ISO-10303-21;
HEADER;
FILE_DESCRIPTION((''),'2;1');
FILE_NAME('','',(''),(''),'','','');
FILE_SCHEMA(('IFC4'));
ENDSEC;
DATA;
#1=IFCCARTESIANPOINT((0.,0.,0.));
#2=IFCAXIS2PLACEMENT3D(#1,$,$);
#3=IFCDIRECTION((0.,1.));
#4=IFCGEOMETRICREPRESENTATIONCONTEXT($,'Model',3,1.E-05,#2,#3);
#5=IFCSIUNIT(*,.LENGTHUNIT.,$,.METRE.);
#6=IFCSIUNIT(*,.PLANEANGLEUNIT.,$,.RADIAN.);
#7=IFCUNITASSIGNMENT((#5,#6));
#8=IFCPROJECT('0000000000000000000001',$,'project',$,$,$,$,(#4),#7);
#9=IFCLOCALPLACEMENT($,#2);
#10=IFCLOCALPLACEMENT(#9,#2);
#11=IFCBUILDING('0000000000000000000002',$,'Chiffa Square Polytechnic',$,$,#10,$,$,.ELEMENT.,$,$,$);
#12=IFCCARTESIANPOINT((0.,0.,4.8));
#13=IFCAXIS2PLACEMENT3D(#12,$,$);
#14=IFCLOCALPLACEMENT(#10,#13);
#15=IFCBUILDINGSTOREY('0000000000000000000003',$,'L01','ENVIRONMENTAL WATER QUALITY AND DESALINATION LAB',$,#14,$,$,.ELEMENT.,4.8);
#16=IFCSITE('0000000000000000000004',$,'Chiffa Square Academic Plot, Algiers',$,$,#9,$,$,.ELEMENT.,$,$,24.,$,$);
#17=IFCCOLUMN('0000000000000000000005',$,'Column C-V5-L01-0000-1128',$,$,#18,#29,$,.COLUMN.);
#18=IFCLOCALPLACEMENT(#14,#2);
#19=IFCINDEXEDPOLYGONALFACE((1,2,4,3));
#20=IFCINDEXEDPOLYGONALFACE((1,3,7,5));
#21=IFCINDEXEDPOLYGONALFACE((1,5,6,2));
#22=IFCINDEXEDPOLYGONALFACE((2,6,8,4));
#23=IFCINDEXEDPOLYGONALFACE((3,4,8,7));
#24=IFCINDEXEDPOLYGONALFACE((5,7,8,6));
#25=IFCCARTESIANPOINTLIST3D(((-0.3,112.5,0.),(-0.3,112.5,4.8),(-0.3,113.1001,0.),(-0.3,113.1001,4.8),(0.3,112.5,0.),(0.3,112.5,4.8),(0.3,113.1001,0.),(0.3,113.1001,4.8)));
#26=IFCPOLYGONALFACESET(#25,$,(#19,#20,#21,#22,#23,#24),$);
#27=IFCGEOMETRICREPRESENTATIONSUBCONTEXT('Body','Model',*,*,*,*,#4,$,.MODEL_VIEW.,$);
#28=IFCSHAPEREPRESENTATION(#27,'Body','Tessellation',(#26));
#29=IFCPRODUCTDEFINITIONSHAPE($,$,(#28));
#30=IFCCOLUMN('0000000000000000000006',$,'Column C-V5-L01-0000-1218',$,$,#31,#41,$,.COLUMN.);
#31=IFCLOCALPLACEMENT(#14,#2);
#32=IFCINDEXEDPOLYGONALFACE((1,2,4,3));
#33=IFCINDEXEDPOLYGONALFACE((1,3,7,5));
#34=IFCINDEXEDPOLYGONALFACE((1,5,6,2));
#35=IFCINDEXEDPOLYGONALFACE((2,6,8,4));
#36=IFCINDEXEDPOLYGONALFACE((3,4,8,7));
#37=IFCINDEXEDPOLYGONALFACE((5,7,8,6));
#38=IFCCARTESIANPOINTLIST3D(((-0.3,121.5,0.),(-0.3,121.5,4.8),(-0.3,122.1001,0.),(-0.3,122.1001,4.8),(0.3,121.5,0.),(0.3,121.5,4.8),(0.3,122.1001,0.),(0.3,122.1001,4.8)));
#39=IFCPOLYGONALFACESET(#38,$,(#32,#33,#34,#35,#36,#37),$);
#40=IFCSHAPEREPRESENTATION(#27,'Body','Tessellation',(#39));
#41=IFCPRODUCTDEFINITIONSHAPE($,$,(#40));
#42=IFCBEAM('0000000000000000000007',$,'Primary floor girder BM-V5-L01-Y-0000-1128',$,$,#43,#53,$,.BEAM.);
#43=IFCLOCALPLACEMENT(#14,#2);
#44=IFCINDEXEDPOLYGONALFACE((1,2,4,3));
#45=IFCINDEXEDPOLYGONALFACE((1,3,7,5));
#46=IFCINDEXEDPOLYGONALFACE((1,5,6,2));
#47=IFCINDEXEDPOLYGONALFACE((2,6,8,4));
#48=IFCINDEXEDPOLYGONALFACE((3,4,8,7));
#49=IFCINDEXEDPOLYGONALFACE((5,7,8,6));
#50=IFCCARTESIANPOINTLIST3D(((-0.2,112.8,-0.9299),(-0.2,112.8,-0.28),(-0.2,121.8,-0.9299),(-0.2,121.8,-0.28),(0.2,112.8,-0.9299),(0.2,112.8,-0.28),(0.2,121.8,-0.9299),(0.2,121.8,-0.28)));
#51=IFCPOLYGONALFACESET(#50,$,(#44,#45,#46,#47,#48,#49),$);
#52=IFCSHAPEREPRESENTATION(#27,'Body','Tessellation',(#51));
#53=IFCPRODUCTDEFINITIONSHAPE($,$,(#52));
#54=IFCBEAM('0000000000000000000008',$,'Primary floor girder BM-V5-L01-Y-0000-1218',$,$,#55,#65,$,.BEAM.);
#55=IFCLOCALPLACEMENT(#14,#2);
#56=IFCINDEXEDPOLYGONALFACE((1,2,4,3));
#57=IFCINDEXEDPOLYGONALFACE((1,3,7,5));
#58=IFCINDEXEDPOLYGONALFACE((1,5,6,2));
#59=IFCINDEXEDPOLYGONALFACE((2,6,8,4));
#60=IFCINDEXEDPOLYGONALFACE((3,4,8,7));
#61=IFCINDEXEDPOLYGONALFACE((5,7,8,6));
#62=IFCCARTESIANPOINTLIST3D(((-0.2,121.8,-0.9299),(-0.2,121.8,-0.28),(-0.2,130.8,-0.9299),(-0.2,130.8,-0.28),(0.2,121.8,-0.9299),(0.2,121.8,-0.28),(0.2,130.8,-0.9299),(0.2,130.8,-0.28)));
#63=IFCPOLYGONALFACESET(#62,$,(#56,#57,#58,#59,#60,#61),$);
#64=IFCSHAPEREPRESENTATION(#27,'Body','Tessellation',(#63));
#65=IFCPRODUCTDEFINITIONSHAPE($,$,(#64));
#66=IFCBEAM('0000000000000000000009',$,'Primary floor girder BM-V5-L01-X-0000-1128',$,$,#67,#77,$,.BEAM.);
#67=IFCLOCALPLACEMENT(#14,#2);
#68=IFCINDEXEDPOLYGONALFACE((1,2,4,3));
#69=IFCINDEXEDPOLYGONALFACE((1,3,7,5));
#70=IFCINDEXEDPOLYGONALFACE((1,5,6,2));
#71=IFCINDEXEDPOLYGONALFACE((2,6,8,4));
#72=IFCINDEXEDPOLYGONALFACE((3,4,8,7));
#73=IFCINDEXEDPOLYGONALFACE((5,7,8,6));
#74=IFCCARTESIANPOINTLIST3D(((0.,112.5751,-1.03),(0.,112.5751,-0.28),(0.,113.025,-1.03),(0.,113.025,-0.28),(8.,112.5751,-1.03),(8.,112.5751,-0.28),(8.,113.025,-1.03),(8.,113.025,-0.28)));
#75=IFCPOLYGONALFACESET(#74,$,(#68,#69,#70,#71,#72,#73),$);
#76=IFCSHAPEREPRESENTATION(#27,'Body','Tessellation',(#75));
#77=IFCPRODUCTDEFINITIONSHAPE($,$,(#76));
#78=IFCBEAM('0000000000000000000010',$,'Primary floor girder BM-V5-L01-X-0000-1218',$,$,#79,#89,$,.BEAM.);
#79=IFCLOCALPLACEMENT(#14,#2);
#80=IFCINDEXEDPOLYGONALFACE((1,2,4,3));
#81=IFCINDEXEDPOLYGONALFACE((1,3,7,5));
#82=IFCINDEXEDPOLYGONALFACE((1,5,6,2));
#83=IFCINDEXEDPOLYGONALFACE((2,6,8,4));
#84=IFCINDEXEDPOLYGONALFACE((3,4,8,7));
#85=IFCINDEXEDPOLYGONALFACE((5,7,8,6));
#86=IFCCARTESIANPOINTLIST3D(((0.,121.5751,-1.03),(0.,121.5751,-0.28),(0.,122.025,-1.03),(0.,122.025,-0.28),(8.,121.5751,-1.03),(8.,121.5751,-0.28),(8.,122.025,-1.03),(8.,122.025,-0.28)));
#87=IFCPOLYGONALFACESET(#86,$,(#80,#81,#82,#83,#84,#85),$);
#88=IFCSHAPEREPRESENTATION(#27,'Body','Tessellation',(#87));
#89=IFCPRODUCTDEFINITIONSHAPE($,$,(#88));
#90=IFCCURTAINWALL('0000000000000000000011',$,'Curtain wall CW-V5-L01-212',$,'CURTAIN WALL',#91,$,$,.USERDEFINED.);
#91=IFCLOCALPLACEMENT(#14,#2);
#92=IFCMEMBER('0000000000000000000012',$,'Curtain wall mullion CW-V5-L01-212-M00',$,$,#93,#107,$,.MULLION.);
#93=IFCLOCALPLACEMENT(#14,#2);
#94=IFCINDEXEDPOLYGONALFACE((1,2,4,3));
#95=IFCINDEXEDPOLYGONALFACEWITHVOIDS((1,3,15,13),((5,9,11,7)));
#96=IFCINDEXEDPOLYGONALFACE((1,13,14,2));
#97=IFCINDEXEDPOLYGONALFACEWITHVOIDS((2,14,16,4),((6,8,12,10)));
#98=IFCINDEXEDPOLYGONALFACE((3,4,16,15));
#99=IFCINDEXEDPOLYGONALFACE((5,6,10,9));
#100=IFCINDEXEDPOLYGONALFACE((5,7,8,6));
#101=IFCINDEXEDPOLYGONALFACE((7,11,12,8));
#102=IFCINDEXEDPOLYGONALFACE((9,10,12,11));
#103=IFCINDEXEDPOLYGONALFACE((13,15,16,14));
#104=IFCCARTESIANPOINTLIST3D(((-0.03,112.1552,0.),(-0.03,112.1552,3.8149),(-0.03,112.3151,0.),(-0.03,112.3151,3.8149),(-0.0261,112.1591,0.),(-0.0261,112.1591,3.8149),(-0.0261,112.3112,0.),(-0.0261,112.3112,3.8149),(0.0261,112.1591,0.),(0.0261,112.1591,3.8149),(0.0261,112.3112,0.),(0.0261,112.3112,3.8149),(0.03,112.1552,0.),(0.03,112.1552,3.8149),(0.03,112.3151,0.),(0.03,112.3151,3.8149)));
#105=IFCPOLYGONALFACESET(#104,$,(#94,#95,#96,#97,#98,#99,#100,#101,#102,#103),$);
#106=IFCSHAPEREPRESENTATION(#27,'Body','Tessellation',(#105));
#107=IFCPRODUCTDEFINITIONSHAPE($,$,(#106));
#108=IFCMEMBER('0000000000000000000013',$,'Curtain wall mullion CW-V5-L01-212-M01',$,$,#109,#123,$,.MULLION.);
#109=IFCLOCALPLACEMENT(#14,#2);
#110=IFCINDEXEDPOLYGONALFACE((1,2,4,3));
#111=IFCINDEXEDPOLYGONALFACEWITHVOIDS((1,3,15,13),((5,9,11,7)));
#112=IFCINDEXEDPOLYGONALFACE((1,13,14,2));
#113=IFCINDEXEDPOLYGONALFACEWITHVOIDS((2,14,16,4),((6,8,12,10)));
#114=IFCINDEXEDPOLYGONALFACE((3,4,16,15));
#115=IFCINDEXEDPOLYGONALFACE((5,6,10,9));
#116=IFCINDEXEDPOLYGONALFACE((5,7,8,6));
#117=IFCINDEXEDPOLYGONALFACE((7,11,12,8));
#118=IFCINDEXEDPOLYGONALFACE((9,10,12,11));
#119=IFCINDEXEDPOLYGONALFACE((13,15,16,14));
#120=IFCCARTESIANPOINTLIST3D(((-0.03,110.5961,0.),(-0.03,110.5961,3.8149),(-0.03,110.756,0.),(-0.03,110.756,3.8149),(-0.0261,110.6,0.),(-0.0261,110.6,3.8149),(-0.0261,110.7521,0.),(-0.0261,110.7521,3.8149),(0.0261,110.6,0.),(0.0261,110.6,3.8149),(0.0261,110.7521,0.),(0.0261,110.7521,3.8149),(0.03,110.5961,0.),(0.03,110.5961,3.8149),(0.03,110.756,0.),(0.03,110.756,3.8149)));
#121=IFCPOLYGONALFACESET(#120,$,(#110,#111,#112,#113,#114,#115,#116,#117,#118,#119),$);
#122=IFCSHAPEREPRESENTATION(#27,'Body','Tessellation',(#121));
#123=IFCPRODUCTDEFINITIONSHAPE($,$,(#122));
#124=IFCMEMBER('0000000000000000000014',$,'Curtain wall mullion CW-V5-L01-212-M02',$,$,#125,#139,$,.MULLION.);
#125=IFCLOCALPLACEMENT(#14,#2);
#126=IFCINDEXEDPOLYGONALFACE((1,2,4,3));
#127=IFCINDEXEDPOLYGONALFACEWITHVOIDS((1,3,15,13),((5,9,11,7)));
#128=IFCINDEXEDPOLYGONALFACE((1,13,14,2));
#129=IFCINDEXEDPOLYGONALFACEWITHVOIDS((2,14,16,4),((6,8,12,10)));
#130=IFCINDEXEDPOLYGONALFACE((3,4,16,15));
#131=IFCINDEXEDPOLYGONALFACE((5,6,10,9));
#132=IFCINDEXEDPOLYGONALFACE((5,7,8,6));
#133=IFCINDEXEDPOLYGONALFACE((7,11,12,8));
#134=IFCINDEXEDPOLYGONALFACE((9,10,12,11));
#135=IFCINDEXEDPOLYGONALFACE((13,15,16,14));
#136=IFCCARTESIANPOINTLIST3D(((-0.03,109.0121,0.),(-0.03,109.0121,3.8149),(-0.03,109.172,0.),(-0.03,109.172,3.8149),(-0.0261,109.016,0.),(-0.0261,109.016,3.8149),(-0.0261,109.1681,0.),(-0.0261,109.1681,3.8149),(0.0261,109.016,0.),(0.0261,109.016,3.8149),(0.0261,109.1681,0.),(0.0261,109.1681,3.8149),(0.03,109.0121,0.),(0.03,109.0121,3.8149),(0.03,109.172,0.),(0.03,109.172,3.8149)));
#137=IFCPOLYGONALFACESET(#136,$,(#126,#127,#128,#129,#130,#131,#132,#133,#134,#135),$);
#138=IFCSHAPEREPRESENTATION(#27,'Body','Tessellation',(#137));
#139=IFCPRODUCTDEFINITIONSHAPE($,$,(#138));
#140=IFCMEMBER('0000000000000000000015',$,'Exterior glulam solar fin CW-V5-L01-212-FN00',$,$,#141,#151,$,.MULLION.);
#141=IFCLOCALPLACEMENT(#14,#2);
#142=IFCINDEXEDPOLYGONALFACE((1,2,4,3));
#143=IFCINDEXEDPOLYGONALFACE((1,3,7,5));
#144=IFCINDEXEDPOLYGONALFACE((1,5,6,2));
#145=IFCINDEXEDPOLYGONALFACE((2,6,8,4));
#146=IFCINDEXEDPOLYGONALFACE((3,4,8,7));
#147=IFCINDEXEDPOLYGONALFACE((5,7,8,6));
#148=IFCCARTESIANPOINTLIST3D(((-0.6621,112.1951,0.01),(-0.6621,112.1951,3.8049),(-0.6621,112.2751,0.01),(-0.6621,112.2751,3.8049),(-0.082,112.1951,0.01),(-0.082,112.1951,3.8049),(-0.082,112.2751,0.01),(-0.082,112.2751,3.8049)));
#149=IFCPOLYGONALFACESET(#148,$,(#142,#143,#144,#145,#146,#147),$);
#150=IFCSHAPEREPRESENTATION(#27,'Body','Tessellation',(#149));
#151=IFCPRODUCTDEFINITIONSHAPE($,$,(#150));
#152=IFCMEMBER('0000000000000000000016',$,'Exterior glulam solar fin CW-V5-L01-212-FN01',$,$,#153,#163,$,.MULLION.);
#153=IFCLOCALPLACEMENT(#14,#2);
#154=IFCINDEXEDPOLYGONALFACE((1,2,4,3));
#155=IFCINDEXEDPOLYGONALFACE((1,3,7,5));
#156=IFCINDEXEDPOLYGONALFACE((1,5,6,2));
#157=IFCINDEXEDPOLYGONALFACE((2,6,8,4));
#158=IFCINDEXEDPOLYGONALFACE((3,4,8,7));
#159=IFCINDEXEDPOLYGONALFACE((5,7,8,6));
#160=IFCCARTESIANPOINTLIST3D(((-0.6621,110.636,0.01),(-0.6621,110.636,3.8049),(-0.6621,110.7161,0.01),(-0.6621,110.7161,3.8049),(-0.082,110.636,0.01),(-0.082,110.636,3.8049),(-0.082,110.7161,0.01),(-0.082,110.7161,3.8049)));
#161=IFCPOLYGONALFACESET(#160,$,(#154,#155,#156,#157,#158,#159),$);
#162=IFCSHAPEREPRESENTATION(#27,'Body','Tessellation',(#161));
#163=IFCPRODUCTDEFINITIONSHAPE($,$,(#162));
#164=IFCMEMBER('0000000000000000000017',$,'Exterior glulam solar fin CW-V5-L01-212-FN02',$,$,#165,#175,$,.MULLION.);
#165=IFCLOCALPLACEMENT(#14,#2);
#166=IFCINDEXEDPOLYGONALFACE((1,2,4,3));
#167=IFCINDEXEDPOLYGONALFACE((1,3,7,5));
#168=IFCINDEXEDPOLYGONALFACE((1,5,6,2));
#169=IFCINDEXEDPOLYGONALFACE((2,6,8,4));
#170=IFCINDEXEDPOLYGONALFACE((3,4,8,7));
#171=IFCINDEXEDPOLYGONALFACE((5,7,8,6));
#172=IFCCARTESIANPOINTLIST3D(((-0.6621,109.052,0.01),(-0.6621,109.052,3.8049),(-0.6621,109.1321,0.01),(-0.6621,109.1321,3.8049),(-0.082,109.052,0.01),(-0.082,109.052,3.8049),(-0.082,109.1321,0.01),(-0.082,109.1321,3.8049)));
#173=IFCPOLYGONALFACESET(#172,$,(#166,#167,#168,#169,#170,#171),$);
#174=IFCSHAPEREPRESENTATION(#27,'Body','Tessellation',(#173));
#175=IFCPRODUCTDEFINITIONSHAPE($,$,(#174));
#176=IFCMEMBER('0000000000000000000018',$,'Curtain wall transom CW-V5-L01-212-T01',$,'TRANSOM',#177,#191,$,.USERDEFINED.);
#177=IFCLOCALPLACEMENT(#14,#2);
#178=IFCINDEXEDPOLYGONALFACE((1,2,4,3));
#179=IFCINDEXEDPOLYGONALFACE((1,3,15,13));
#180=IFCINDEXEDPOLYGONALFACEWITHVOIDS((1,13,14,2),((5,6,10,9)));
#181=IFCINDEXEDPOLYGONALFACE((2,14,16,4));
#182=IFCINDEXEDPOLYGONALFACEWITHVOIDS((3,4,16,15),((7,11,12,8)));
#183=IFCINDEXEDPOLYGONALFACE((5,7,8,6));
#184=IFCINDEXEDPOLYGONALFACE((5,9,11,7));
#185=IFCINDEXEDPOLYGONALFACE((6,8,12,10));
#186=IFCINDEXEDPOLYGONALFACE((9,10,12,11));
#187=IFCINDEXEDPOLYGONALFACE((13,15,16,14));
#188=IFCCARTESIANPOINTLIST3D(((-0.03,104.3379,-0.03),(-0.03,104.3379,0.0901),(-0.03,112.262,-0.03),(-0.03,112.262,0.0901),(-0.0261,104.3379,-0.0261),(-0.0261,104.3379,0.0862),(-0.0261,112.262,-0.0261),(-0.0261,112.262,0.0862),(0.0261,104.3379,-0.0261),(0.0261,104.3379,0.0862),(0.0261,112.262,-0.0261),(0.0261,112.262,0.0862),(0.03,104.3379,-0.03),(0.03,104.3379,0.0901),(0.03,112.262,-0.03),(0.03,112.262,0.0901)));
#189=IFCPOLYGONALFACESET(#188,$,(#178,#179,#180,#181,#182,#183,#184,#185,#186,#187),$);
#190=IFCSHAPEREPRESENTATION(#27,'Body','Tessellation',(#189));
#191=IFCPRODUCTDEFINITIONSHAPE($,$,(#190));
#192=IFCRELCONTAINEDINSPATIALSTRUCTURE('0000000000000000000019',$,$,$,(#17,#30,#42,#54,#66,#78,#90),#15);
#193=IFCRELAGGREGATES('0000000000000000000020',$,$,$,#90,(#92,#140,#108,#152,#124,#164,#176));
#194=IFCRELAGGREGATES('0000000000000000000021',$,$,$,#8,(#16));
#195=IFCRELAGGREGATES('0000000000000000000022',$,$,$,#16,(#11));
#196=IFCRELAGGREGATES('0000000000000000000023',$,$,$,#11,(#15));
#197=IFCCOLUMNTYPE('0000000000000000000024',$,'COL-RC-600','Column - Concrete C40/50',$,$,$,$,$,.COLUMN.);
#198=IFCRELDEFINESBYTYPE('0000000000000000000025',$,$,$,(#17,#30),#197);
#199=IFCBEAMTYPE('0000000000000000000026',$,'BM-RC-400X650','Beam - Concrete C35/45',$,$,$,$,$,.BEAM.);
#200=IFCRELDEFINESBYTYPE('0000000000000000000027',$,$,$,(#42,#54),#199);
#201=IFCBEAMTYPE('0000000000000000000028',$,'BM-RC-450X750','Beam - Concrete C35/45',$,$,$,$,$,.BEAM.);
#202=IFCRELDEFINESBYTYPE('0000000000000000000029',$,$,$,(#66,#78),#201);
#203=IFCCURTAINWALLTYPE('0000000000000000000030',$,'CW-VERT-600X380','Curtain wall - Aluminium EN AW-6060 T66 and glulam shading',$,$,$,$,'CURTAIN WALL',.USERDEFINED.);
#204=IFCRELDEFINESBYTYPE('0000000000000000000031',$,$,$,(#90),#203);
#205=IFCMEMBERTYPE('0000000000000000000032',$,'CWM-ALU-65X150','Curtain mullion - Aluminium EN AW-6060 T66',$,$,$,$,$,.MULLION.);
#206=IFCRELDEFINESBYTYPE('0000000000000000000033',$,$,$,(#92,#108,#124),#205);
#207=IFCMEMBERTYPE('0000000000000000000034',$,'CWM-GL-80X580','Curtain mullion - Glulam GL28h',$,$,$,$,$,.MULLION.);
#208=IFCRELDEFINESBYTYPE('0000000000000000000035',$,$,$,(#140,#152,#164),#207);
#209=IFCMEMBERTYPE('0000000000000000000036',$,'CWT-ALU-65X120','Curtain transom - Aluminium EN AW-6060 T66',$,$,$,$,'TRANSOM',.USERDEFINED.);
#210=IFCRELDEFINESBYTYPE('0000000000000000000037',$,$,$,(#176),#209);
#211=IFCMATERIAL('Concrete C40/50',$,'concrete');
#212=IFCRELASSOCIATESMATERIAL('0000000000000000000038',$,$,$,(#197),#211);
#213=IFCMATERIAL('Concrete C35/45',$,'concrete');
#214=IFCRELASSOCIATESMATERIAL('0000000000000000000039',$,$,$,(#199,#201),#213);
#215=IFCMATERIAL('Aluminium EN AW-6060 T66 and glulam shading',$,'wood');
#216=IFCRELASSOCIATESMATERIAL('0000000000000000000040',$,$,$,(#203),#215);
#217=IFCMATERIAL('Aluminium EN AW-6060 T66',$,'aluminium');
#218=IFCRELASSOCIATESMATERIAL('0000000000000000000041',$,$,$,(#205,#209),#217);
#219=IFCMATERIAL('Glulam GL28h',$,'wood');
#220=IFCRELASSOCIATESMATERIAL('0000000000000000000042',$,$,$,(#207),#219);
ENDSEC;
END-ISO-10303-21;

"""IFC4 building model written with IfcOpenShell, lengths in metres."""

from ifc_helpers import new_model, si_unit, direction, frame, origin, origin_2d, place, context, subcontext, project, spatial, rectangle, hollow_rectangle, extrude, material, material_profile, profile_set, type_object, element, aggregate, save


model = new_model("IFC4")

# Units and contexts
model_context = context("Model", 3, precision=1e-05, world=origin(), true_north=direction((0.0, 1.0)))
body_context = subcontext(model_context, "Body", "Model", "MODEL_VIEW")
ifc_project = project(units=[si_unit("LENGTHUNIT", "METRE"), si_unit("PLANEANGLEUNIT", "RADIAN")], contexts=[model_context])

# Site, building, storey
site_placement = place(None, origin())
site = spatial("IfcSite", under=ifc_project, at=site_placement, Name="Chiffa Square Academic Plot, Algiers", CompositionType="ELEMENT", RefElevation=24.0)
building_placement = place(site_placement, origin())
building = spatial("IfcBuilding", under=site, at=building_placement, Name="Chiffa Square Polytechnic", CompositionType="ELEMENT")
storey_placement = place(building_placement, frame((0.0, 0.0, 4.8)))
storey = spatial("IfcBuildingStorey", under=building, at=storey_placement, Name="L01", Description="ENVIRONMENTAL WATER QUALITY AND DESALINATION LAB", CompositionType="ELEMENT", Elevation=4.8)

# Columns
ifc_material_1 = material(Name="Concrete C40/50", Category="concrete")
ifc_material_profile_1 = material_profile(ifc_material_1, rectangle(XDim=0.6001, YDim=0.6001, at=origin_2d()), Name="RC 600x600")
ifc_profile_set_1 = profile_set([ifc_material_profile_1], Name="Concrete C40/50")
column_type = type_object("IfcColumnType", Name="COL-RC-600", Description="Column - Concrete C40/50", PredefinedType="COLUMN", material=ifc_profile_set_1)
for number, where, z_axis, x_axis, name in (
    (1, (0.0, 112.8, 0.0), (0.0, 0.0, 1.0), (1.0, 0.0, 0.0), "Column C-V5-L01-0000-1128"),
    (2, (0.0, 121.8, 0.0), (0.0, 0.0, 1.0), (1.0, 0.0, 0.0), "Column C-V5-L01-0000-1218"),
):
    element("IfcColumn", number, at=place(storey_placement, frame(where, z_axis=z_axis, x_axis=x_axis)), inside=storey, type_object=column_type, Name=name, PredefinedType="COLUMN", context=body_context, shape_type="SweptSolid", body=[
        extrude(rectangle(XDim=0.6001, YDim=0.6001, at=origin_2d()), origin(), (0.0, 0.0, 1.0), 4.8),
    ])

# Beams
ifc_material_2 = material(Name="Concrete C35/45", Category="concrete")
ifc_material_profile_2 = material_profile(ifc_material_2, rectangle(XDim=0.3999, YDim=0.6499, at=origin_2d()), Name="RC 400x650")
ifc_profile_set_2 = profile_set([ifc_material_profile_2], Name="Concrete C35/45")
beam_type_1 = type_object("IfcBeamType", Name="BM-RC-400X650", Description="Beam - Concrete C35/45", PredefinedType="BEAM", material=ifc_profile_set_2)
for number, where, z_axis, x_axis, name in (
    (3, (0.0, 112.8, -0.605), (0.0, 1.0, 0.0), (-1.0, 0.0, 0.0), "Primary floor girder BM-V5-L01-Y-0000-1128"),
    (4, (0.0, 121.8, -0.605), (0.0, 1.0, 0.0), (-1.0, 0.0, 0.0), "Primary floor girder BM-V5-L01-Y-0000-1218"),
):
    element("IfcBeam", number, at=place(storey_placement, frame(where, z_axis=z_axis, x_axis=x_axis)), inside=storey, type_object=beam_type_1, Name=name, PredefinedType="BEAM", context=body_context, shape_type="SweptSolid", body=[
        extrude(rectangle(XDim=0.3999, YDim=0.6499, at=origin_2d()), origin(), (0.0, 0.0, 1.0), 9.0),
    ])
ifc_material_profile_3 = material_profile(ifc_material_2, rectangle(XDim=0.45, YDim=0.75, at=origin_2d()), Name="RC 450x750")
ifc_profile_set_3 = profile_set([ifc_material_profile_3], Name="Concrete C35/45")
beam_type_2 = type_object("IfcBeamType", Name="BM-RC-450X750", Description="Beam - Concrete C35/45", PredefinedType="BEAM", material=ifc_profile_set_3)
for number, where, z_axis, x_axis, name in (
    (5, (0.0, 112.8, -0.655), (1.0, 0.0, 0.0), (0.0, 1.0, 0.0), "Primary floor girder BM-V5-L01-X-0000-1128"),
    (6, (0.0, 121.8, -0.655), (1.0, 0.0, 0.0), (0.0, 1.0, 0.0), "Primary floor girder BM-V5-L01-X-0000-1218"),
):
    element("IfcBeam", number, at=place(storey_placement, frame(where, z_axis=z_axis, x_axis=x_axis)), inside=storey, type_object=beam_type_2, Name=name, PredefinedType="BEAM", context=body_context, shape_type="SweptSolid", body=[
        extrude(rectangle(XDim=0.45, YDim=0.75, at=origin_2d()), origin(), (0.0, 0.0, 1.0), 8.0),
    ])

# Curtain wall, members
ifc_material_3 = material(Name="Aluminium EN AW-6060 T66 and glulam shading", Category="wood")
curtain_wall_type = type_object("IfcCurtainWallType", Name="CW-VERT-600X380", Description="Curtain wall - Aluminium EN AW-6060 T66 and glulam shading", ElementType="CURTAIN WALL", PredefinedType="USERDEFINED", material=ifc_material_3)
curtain_wall_placement = place(storey_placement, origin())
curtain_wall = element("IfcCurtainWall", 7, at=curtain_wall_placement, inside=storey, type_object=curtain_wall_type, Name="Curtain wall CW-V5-L01-212", ObjectType="CURTAIN WALL", PredefinedType="USERDEFINED")
ifc_material_4 = material(Name="Aluminium EN AW-6060 T66", Category="aluminium")
ifc_material_profile_4 = material_profile(ifc_material_4, hollow_rectangle(XDim=0.0601, YDim=0.1599, WallThickness=0.0039, at=origin_2d()), Name="ALU 60x160x4")
ifc_profile_set_4 = profile_set([ifc_material_profile_4], Name="Aluminium EN AW-6060 T66")
member_type_1 = type_object("IfcMemberType", Name="CWM-ALU-65X150", Description="Curtain mullion - Aluminium EN AW-6060 T66", PredefinedType="MULLION", material=ifc_profile_set_4)
member_1_placement = place(storey_placement, frame((0.0, 112.2351, 0.0), z_axis=(0.0, 0.0, 1.0), x_axis=(1.0, 0.0, 0.0)))
member_1 = element("IfcMember", 8, at=member_1_placement, type_object=member_type_1, Name="Curtain wall mullion CW-V5-L01-212-M00", PredefinedType="MULLION", context=body_context, shape_type="SweptSolid", body=[
    extrude(hollow_rectangle(XDim=0.0601, YDim=0.1599, WallThickness=0.0039, at=origin_2d()), origin(), (0.0, 0.0, 1.0), 3.8149),
])
member_2_placement = place(storey_placement, frame((0.0, 110.676, 0.0), z_axis=(0.0, 0.0, 1.0), x_axis=(1.0, 0.0, 0.0)))
member_2 = element("IfcMember", 9, at=member_2_placement, type_object=member_type_1, Name="Curtain wall mullion CW-V5-L01-212-M01", PredefinedType="MULLION", context=body_context, shape_type="SweptSolid", body=[
    extrude(hollow_rectangle(XDim=0.0601, YDim=0.1599, WallThickness=0.0039, at=origin_2d()), origin(), (0.0, 0.0, 1.0), 3.8149),
])
member_3_placement = place(storey_placement, frame((0.0, 109.092, 0.0), z_axis=(0.0, 0.0, 1.0), x_axis=(1.0, 0.0, 0.0)))
member_3 = element("IfcMember", 10, at=member_3_placement, type_object=member_type_1, Name="Curtain wall mullion CW-V5-L01-212-M02", PredefinedType="MULLION", context=body_context, shape_type="SweptSolid", body=[
    extrude(hollow_rectangle(XDim=0.0601, YDim=0.1599, WallThickness=0.0039, at=origin_2d()), origin(), (0.0, 0.0, 1.0), 3.8149),
])
ifc_material_5 = material(Name="Glulam GL28h", Category="wood")
ifc_material_profile_5 = material_profile(ifc_material_5, rectangle(XDim=0.0801, YDim=0.5801, at=origin_2d()), Name="GL28h 80x580")
ifc_profile_set_5 = profile_set([ifc_material_profile_5], Name="Glulam GL28h")
member_type_2 = type_object("IfcMemberType", Name="CWM-GL-80X580", Description="Curtain mullion - Glulam GL28h", PredefinedType="MULLION", material=ifc_profile_set_5)
member_4_placement = place(storey_placement, frame((-0.3721, 112.2351, 0.01), z_axis=(0.0, 0.0, 1.0), x_axis=(0.0, -1.0, 0.0)))
member_4 = element("IfcMember", 11, at=member_4_placement, type_object=member_type_2, Name="Exterior glulam solar fin CW-V5-L01-212-FN00", PredefinedType="MULLION", context=body_context, shape_type="SweptSolid", body=[
    extrude(rectangle(XDim=0.0801, YDim=0.5801, at=origin_2d()), origin(), (0.0, 0.0, 1.0), 3.7949),
])
member_5_placement = place(storey_placement, frame((-0.3721, 110.676, 0.01), z_axis=(0.0, 0.0, 1.0), x_axis=(0.0, -1.0, 0.0)))
member_5 = element("IfcMember", 12, at=member_5_placement, type_object=member_type_2, Name="Exterior glulam solar fin CW-V5-L01-212-FN01", PredefinedType="MULLION", context=body_context, shape_type="SweptSolid", body=[
    extrude(rectangle(XDim=0.0801, YDim=0.5801, at=origin_2d()), origin(), (0.0, 0.0, 1.0), 3.7949),
])
member_6_placement = place(storey_placement, frame((-0.3721, 109.092, 0.01), z_axis=(0.0, 0.0, 1.0), x_axis=(0.0, -1.0, 0.0)))
member_6 = element("IfcMember", 13, at=member_6_placement, type_object=member_type_2, Name="Exterior glulam solar fin CW-V5-L01-212-FN02", PredefinedType="MULLION", context=body_context, shape_type="SweptSolid", body=[
    extrude(rectangle(XDim=0.0801, YDim=0.5801, at=origin_2d()), origin(), (0.0, 0.0, 1.0), 3.7949),
])
ifc_material_profile_6 = material_profile(ifc_material_4, hollow_rectangle(XDim=0.0601, YDim=0.1201, WallThickness=0.0039, at=origin_2d()), Name="ALU 60x120x4")
ifc_profile_set_6 = profile_set([ifc_material_profile_6], Name="Aluminium EN AW-6060 T66")
member_type_3 = type_object("IfcMemberType", Name="CWT-ALU-65X120", Description="Curtain transom - Aluminium EN AW-6060 T66", ElementType="TRANSOM", PredefinedType="USERDEFINED", material=ifc_profile_set_6)
member_7_placement = place(storey_placement, frame((0.0, 112.262, 0.03), z_axis=(0.0, -1.0, 0.0), x_axis=(1.0, 0.0, 0.0)))
member_7 = element("IfcMember", 14, at=member_7_placement, type_object=member_type_3, Name="Curtain wall transom CW-V5-L01-212-T01", ObjectType="TRANSOM", PredefinedType="USERDEFINED", context=body_context, shape_type="SweptSolid", body=[
    extrude(hollow_rectangle(XDim=0.0601, YDim=0.1201, WallThickness=0.0039, at=origin_2d()), origin(), (0.0, 0.0, 1.0), 7.9241),
])

aggregate(curtain_wall, [member_1, member_4, member_2, member_5, member_3, member_6, member_7])

save(model, "model.ifc")
